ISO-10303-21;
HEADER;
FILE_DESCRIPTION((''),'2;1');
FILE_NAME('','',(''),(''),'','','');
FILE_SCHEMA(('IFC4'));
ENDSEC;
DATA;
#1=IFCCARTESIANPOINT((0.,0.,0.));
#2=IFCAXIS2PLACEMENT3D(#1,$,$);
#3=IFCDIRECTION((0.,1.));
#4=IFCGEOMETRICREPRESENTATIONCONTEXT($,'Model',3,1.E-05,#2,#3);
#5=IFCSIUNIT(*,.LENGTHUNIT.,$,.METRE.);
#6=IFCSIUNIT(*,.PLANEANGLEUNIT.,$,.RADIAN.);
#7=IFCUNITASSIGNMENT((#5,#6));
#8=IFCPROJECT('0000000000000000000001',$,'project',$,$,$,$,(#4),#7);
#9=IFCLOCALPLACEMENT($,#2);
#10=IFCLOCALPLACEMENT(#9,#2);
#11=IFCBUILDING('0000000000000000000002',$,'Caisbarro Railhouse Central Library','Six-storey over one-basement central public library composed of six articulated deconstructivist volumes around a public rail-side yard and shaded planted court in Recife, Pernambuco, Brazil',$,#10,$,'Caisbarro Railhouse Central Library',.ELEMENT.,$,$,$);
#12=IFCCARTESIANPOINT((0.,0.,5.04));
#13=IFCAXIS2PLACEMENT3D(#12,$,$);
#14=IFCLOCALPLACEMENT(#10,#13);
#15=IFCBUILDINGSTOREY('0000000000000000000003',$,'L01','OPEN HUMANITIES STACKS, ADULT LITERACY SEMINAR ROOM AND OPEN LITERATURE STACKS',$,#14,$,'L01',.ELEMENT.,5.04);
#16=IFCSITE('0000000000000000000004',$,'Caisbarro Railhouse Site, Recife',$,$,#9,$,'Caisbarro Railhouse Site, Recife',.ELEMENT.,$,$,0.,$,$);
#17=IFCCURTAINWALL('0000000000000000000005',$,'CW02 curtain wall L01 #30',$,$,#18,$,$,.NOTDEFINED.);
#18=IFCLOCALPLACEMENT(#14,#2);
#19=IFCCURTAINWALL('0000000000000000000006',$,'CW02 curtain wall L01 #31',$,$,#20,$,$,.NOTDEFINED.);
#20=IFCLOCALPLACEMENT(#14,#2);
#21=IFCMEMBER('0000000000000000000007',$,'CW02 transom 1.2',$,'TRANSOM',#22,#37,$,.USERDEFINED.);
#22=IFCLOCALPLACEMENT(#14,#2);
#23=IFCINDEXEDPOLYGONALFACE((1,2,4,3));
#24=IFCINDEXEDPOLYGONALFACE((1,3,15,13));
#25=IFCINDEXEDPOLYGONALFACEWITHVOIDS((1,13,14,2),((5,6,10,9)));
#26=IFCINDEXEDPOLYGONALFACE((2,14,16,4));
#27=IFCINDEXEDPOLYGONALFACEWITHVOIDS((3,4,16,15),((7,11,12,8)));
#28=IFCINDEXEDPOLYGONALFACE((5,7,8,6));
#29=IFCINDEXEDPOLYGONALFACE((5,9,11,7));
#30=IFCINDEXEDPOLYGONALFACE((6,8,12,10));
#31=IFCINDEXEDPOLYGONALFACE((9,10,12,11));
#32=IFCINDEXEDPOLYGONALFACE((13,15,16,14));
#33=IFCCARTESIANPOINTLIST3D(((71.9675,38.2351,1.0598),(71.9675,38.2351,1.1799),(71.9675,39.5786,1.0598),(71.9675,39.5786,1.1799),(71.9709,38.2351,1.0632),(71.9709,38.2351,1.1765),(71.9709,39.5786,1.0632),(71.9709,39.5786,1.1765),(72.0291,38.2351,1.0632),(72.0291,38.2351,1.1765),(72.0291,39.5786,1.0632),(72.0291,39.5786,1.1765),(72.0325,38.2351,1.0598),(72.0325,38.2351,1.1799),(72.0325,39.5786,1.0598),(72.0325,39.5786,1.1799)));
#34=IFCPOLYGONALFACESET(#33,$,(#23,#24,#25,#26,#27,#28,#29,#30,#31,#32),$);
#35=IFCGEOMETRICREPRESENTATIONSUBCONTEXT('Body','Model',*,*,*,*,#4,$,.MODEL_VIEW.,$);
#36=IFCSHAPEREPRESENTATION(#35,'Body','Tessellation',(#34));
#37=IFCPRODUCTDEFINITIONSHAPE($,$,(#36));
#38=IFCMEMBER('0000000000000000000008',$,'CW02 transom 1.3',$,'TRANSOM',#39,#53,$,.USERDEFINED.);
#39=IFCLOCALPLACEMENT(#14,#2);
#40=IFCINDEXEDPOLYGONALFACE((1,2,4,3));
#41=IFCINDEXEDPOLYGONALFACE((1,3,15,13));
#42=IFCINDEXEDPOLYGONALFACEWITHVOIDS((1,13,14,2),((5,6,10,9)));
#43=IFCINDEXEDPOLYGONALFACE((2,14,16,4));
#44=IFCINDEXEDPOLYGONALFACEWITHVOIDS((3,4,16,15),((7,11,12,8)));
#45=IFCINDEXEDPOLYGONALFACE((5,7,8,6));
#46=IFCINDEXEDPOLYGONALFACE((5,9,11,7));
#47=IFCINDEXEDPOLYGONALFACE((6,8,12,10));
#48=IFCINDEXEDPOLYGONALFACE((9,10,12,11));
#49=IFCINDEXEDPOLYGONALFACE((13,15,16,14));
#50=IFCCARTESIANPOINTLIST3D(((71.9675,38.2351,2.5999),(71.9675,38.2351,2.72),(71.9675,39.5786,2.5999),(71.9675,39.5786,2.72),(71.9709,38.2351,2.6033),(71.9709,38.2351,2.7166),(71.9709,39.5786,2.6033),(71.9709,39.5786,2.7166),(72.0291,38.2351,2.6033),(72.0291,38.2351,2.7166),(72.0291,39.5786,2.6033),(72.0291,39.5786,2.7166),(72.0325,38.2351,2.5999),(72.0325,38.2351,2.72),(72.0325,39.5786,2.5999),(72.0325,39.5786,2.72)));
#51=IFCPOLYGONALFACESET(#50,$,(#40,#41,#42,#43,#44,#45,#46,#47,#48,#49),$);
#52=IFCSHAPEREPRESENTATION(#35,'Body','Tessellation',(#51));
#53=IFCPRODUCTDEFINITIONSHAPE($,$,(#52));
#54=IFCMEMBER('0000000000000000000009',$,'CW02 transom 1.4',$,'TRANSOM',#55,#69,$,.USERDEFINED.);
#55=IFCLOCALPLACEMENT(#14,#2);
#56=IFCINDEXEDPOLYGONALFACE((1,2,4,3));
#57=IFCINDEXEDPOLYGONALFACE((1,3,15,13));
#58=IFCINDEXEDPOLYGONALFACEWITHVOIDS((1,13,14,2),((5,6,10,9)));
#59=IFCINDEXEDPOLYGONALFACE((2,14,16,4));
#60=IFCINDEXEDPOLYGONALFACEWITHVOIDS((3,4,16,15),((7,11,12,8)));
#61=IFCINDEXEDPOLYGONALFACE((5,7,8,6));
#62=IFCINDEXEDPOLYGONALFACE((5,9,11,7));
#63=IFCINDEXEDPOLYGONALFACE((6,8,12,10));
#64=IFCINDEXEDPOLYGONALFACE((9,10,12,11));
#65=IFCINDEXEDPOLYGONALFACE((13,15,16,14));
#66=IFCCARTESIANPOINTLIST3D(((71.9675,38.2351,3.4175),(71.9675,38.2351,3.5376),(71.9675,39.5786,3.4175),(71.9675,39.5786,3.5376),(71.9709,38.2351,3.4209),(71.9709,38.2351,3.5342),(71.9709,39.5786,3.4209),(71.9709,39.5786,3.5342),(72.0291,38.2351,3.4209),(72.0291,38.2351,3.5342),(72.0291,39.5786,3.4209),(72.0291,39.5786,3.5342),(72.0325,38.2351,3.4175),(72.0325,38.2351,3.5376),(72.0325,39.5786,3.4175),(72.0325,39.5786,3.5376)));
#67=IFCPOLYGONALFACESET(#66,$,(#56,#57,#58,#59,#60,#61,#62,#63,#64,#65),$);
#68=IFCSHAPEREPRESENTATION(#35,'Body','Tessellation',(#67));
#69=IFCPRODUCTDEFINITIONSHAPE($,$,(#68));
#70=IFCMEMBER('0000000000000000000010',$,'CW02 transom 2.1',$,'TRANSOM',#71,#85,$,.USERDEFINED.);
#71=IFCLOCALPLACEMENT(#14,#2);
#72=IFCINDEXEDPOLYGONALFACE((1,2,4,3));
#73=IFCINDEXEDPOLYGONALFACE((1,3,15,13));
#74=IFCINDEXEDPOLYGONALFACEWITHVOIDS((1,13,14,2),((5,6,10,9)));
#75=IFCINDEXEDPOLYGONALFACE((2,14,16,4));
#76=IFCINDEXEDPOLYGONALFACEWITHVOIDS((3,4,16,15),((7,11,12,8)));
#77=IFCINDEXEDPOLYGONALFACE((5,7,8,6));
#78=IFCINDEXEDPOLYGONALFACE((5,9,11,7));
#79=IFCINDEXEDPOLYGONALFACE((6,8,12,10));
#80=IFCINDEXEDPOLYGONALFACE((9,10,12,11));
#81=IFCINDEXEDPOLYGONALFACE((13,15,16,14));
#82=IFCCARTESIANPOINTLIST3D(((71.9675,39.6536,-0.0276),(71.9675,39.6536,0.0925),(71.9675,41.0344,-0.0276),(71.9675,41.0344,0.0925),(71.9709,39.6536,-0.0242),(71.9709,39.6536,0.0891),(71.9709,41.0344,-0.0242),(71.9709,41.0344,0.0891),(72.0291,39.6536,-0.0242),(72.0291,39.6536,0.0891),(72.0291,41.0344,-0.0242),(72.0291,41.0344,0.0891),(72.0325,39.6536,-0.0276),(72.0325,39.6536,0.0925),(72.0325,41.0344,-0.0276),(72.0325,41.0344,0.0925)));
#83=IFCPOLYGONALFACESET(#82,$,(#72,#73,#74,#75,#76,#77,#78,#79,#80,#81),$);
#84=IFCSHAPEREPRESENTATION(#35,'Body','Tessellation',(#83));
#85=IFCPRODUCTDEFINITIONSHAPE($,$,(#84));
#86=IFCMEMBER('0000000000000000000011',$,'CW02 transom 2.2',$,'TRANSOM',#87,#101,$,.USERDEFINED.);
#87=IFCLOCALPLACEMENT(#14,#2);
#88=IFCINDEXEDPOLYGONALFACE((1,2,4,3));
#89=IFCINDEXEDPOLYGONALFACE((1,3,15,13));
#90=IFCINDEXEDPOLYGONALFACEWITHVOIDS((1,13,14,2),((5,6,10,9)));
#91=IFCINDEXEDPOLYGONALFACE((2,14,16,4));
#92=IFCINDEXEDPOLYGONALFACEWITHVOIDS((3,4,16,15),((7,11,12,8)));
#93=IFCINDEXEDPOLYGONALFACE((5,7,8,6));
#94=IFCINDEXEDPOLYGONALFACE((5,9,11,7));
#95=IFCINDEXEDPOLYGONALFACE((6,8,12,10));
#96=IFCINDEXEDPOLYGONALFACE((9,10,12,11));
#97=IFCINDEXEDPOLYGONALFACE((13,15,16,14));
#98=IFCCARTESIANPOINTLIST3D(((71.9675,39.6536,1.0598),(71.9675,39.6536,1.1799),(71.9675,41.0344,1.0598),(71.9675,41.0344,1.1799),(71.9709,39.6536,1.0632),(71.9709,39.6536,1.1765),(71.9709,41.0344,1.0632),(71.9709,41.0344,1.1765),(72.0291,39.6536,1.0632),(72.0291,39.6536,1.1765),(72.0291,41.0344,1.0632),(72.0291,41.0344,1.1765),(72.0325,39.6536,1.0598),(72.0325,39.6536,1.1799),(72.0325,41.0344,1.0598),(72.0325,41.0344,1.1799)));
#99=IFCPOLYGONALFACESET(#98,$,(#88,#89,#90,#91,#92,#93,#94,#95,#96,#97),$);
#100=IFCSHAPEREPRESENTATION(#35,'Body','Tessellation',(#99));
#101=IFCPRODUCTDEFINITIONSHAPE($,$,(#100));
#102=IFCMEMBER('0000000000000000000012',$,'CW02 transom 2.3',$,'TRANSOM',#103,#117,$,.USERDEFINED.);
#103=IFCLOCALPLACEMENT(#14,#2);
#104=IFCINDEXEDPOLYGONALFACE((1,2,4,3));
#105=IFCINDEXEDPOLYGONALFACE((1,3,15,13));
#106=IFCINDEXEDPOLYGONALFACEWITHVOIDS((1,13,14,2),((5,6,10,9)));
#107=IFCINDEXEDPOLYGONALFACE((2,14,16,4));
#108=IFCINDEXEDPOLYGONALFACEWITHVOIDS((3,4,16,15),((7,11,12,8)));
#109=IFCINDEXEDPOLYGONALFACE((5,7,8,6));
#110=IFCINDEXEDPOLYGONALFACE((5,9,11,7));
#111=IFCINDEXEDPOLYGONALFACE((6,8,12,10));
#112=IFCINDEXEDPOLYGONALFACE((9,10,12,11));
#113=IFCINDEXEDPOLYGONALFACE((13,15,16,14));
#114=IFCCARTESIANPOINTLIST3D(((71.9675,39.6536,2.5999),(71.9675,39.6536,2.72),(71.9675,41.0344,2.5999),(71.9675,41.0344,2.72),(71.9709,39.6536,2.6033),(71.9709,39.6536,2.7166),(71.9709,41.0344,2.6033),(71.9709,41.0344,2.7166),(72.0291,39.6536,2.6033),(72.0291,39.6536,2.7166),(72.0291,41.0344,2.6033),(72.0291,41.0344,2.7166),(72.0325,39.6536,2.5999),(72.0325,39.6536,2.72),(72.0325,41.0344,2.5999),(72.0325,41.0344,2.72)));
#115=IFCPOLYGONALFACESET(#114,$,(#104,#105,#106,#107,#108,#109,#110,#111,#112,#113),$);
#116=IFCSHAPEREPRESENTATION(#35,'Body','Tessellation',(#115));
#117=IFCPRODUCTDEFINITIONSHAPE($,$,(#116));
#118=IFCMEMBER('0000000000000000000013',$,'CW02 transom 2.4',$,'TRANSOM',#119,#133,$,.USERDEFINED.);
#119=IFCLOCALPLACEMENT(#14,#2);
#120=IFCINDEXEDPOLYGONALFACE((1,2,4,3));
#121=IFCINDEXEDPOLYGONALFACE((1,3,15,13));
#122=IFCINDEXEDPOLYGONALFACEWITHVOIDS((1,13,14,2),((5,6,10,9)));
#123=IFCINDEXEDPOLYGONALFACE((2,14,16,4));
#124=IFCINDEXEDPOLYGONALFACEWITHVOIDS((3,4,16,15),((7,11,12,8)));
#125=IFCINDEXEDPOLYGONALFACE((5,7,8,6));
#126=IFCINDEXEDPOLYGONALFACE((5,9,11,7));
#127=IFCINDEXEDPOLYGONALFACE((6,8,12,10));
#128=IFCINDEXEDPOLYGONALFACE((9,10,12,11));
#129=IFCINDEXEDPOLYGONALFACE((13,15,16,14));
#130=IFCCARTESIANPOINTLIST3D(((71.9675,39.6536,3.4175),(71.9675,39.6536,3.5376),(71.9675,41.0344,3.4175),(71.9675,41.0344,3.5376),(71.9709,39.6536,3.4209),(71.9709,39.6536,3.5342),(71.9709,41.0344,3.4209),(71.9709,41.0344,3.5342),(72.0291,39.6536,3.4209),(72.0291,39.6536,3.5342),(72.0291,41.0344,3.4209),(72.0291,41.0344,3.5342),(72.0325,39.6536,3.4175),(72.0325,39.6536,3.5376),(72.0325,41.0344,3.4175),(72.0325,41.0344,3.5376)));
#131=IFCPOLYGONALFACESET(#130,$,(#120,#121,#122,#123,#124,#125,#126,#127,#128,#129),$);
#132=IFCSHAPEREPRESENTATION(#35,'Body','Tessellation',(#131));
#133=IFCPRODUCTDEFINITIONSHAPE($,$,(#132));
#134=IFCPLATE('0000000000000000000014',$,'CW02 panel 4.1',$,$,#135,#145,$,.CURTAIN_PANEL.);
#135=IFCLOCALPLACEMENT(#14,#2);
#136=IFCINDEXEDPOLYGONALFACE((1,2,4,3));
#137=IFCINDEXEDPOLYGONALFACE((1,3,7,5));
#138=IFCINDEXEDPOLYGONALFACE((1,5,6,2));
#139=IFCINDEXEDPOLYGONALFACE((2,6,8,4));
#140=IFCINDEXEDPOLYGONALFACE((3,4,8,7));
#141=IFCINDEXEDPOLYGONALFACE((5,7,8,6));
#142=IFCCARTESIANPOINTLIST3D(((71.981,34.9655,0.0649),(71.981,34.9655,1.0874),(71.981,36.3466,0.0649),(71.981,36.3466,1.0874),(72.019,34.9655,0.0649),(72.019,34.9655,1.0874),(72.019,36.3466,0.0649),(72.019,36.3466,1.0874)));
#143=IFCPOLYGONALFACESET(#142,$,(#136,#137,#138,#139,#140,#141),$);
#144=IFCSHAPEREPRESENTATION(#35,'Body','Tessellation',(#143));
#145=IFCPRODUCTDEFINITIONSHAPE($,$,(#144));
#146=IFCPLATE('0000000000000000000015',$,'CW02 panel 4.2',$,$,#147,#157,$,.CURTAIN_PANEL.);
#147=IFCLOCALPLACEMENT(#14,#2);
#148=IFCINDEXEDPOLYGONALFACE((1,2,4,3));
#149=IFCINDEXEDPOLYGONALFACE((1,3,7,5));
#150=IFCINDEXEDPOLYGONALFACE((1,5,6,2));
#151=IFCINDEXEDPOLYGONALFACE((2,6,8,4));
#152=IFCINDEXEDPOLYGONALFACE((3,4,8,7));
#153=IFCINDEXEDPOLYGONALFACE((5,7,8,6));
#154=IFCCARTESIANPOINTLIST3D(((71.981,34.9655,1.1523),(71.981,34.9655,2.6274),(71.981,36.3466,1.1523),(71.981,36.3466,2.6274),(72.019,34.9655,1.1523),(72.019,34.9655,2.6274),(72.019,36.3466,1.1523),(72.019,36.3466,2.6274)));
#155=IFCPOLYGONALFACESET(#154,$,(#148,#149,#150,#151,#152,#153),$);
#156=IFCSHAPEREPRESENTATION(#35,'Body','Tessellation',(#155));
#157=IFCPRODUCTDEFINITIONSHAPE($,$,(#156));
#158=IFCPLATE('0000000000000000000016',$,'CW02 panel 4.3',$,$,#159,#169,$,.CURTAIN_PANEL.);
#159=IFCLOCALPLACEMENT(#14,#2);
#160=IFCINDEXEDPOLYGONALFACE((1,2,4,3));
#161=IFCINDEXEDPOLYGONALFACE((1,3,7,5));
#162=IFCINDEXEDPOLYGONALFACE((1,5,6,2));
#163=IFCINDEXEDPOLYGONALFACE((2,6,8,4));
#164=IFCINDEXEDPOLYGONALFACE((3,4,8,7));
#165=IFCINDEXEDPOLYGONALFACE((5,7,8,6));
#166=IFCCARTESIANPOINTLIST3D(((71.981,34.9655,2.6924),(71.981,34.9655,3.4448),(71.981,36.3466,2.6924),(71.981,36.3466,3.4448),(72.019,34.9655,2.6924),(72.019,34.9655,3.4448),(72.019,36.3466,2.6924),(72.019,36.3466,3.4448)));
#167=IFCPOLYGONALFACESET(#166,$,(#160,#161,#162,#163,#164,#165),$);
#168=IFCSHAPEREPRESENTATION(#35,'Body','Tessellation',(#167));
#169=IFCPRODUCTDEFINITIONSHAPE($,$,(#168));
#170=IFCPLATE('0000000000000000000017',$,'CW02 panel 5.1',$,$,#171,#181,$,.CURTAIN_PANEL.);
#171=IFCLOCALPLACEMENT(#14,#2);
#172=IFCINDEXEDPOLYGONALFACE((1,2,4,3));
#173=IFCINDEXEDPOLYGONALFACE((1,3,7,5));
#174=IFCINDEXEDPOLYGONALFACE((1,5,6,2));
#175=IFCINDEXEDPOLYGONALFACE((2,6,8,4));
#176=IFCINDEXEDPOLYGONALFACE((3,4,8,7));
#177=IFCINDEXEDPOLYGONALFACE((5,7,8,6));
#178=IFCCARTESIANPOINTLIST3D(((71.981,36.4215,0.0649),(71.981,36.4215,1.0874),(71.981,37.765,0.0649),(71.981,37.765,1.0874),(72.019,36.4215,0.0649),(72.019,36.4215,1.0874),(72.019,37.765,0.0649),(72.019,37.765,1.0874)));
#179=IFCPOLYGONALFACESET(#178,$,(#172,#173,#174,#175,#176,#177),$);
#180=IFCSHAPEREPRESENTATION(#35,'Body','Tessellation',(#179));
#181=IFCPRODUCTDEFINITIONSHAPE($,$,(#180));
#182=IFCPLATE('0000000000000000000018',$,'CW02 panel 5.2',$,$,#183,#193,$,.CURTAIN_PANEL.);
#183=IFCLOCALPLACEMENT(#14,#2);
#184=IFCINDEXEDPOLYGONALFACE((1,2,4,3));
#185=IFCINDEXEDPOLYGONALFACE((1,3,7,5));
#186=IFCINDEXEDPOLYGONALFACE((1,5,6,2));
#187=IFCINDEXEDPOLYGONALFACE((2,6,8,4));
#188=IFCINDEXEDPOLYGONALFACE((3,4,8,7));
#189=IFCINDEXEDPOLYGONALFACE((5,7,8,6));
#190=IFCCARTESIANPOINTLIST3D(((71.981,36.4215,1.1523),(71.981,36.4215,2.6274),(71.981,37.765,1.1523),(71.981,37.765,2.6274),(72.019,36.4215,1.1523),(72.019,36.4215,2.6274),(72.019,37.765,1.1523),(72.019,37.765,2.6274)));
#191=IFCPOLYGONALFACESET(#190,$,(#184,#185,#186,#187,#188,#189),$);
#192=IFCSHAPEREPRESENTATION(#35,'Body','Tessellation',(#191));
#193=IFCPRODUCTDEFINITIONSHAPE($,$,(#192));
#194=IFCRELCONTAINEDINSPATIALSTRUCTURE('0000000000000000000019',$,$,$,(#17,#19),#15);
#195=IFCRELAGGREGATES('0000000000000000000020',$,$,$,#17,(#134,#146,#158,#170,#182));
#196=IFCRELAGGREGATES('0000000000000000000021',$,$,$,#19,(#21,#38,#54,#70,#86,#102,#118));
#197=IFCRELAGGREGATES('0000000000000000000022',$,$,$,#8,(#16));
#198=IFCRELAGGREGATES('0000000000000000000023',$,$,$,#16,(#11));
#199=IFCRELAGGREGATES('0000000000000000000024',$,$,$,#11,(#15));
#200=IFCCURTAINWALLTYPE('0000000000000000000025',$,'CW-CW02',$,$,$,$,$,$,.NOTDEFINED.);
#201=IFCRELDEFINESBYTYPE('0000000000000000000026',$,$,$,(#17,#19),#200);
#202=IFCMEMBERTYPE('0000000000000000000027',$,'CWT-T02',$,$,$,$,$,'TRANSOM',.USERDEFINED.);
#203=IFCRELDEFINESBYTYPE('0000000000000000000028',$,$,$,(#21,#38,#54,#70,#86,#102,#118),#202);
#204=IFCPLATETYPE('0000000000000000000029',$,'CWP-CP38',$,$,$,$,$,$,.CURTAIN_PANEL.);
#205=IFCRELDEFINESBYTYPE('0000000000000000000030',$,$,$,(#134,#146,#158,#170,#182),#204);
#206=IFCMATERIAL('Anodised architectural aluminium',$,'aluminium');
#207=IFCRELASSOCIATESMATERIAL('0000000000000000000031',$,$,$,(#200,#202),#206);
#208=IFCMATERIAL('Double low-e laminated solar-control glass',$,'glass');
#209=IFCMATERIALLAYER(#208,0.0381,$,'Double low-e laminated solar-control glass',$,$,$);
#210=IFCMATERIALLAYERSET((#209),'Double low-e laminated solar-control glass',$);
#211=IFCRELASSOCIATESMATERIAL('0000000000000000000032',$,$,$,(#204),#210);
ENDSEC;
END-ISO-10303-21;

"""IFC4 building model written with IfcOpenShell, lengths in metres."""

from ifc_helpers import new_model, si_unit, direction, frame, origin, origin_2d, place, context, subcontext, project, spatial, rectangle, hollow_rectangle, extrude, material, layer, layer_set, material_profile, profile_set, type_object, element, aggregate, save


model = new_model("IFC4")

# Units and contexts
model_context = context("Model", 3, precision=1e-05, world=origin(), true_north=direction((0.0, 1.0)))
body_context = subcontext(model_context, "Body", "Model", "MODEL_VIEW")
ifc_project = project(units=[si_unit("LENGTHUNIT", "METRE"), si_unit("PLANEANGLEUNIT", "RADIAN")], contexts=[model_context])

# Site, building, storey
site_placement = place(None, origin())
site = spatial("IfcSite", under=ifc_project, at=site_placement, Name="Caisbarro Railhouse Site, Recife", LongName="Caisbarro Railhouse Site, Recife", CompositionType="ELEMENT", RefElevation=0.0)
building_placement = place(site_placement, origin())
building = spatial("IfcBuilding", under=site, at=building_placement, Name="Caisbarro Railhouse Central Library", Description="Six-storey over one-basement central public library composed of six articulated deconstructivist volumes around a public rail-side yard and shaded planted court in Recife, Pernambuco, Brazil", LongName="Caisbarro Railhouse Central Library", CompositionType="ELEMENT")
storey_placement = place(building_placement, frame((0.0, 0.0, 5.04)))
storey = spatial("IfcBuildingStorey", under=building, at=storey_placement, Name="L01", Description="OPEN HUMANITIES STACKS, ADULT LITERACY SEMINAR ROOM AND OPEN LITERATURE STACKS", LongName="L01", CompositionType="ELEMENT", Elevation=5.04)

# Curtain walls
ifc_material_1 = material(Name="Anodised architectural aluminium", Category="aluminium")
curtain_wall_type = type_object("IfcCurtainWallType", Name="CW-CW02", PredefinedType="NOTDEFINED", material=ifc_material_1)
curtain_wall_1_placement = place(storey_placement, origin())
curtain_wall_1 = element("IfcCurtainWall", 1, at=curtain_wall_1_placement, inside=storey, type_object=curtain_wall_type, Name="CW02 curtain wall L01 #30", PredefinedType="NOTDEFINED")
curtain_wall_2_placement = place(storey_placement, origin())
curtain_wall_2 = element("IfcCurtainWall", 2, at=curtain_wall_2_placement, inside=storey, type_object=curtain_wall_type, Name="CW02 curtain wall L01 #31", PredefinedType="NOTDEFINED")

# Members
ifc_material_profile_1 = material_profile(ifc_material_1, hollow_rectangle(XDim=0.0649, YDim=0.1201, WallThickness=0.0034, at=origin_2d()), Name="ALU-TRN-65X120")
ifc_profile_set_1 = profile_set([ifc_material_profile_1], Name="Anodised architectural aluminium")
member_type_1 = type_object("IfcMemberType", Name="CWT-T02", ElementType="TRANSOM", PredefinedType="USERDEFINED", material=ifc_profile_set_1)
member_1_placement = place(storey_placement, frame((72.0, 38.2351, 1.1199), z_axis=(0.0, 1.0, 0.0), x_axis=(-1.0, 0.0, 0.0)))
member_1 = element("IfcMember", 3, at=member_1_placement, type_object=member_type_1, Name="CW02 transom 1.2", ObjectType="TRANSOM", PredefinedType="USERDEFINED", context=body_context, shape_type="SweptSolid", body=[
    extrude(hollow_rectangle(XDim=0.0649, YDim=0.1201, WallThickness=0.0034, at=origin_2d()), origin(), (0.0, 0.0, 1.0), 1.3435),
])
member_2_placement = place(storey_placement, frame((72.0, 38.2351, 2.6599), z_axis=(0.0, 1.0, 0.0), x_axis=(-1.0, 0.0, 0.0)))
member_2 = element("IfcMember", 4, at=member_2_placement, type_object=member_type_1, Name="CW02 transom 1.3", ObjectType="TRANSOM", PredefinedType="USERDEFINED", context=body_context, shape_type="SweptSolid", body=[
    extrude(hollow_rectangle(XDim=0.0649, YDim=0.1201, WallThickness=0.0034, at=origin_2d()), origin(), (0.0, 0.0, 1.0), 1.3435),
])
member_3_placement = place(storey_placement, frame((72.0, 38.2351, 3.4775), z_axis=(0.0, 1.0, 0.0), x_axis=(-1.0, 0.0, 0.0)))
member_3 = element("IfcMember", 5, at=member_3_placement, type_object=member_type_1, Name="CW02 transom 1.4", ObjectType="TRANSOM", PredefinedType="USERDEFINED", context=body_context, shape_type="SweptSolid", body=[
    extrude(hollow_rectangle(XDim=0.0649, YDim=0.1201, WallThickness=0.0034, at=origin_2d()), origin(), (0.0, 0.0, 1.0), 1.3435),
])
member_4_placement = place(storey_placement, frame((72.0, 39.6536, 0.0325), z_axis=(0.0, 1.0, 0.0), x_axis=(-1.0, 0.0, 0.0)))
member_4 = element("IfcMember", 6, at=member_4_placement, type_object=member_type_1, Name="CW02 transom 2.1", ObjectType="TRANSOM", PredefinedType="USERDEFINED", context=body_context, shape_type="SweptSolid", body=[
    extrude(hollow_rectangle(XDim=0.0649, YDim=0.1201, WallThickness=0.0034, at=origin_2d()), origin(), (0.0, 0.0, 1.0), 1.3809),
])
member_5_placement = place(storey_placement, frame((72.0, 39.6536, 1.1199), z_axis=(0.0, 1.0, 0.0), x_axis=(-1.0, 0.0, 0.0)))
member_5 = element("IfcMember", 7, at=member_5_placement, type_object=member_type_1, Name="CW02 transom 2.2", ObjectType="TRANSOM", PredefinedType="USERDEFINED", context=body_context, shape_type="SweptSolid", body=[
    extrude(hollow_rectangle(XDim=0.0649, YDim=0.1201, WallThickness=0.0034, at=origin_2d()), origin(), (0.0, 0.0, 1.0), 1.3809),
])
member_6_placement = place(storey_placement, frame((72.0, 39.6536, 2.6599), z_axis=(0.0, 1.0, 0.0), x_axis=(-1.0, 0.0, 0.0)))
member_6 = element("IfcMember", 8, at=member_6_placement, type_object=member_type_1, Name="CW02 transom 2.3", ObjectType="TRANSOM", PredefinedType="USERDEFINED", context=body_context, shape_type="SweptSolid", body=[
    extrude(hollow_rectangle(XDim=0.0649, YDim=0.1201, WallThickness=0.0034, at=origin_2d()), origin(), (0.0, 0.0, 1.0), 1.3809),
])
member_7_placement = place(storey_placement, frame((72.0, 39.6536, 3.4775), z_axis=(0.0, 1.0, 0.0), x_axis=(-1.0, 0.0, 0.0)))
member_7 = element("IfcMember", 9, at=member_7_placement, type_object=member_type_1, Name="CW02 transom 2.4", ObjectType="TRANSOM", PredefinedType="USERDEFINED", context=body_context, shape_type="SweptSolid", body=[
    extrude(hollow_rectangle(XDim=0.0649, YDim=0.1201, WallThickness=0.0034, at=origin_2d()), origin(), (0.0, 0.0, 1.0), 1.3809),
])

# Plates
ifc_material_2 = material(Name="Double low-e laminated solar-control glass", Category="glass")
ifc_layer_1 = layer(ifc_material_2, 0.0381, Name="Double low-e laminated solar-control glass")
ifc_layer_set_1 = layer_set([ifc_layer_1], Name="Double low-e laminated solar-control glass")
plate_type_1 = type_object("IfcPlateType", Name="CWP-CP38", PredefinedType="CURTAIN_PANEL", material=ifc_layer_set_1)
plate_1_placement = place(storey_placement, frame((72.0, 35.656, 0.0649), z_axis=(0.0, 0.0, 1.0), x_axis=(0.0, 1.0, 0.0)))
plate_1 = element("IfcPlate", 10, at=plate_1_placement, type_object=plate_type_1, Name="CW02 panel 4.1", PredefinedType="CURTAIN_PANEL", context=body_context, shape_type="SweptSolid", body=[
    extrude(rectangle(XDim=1.3811, YDim=0.0381, at=origin_2d()), origin(), (0.0, 0.0, 1.0), 1.0225),
])
plate_2_placement = place(storey_placement, frame((72.0, 35.656, 1.1523), z_axis=(0.0, 0.0, 1.0), x_axis=(0.0, 1.0, 0.0)))
plate_2 = element("IfcPlate", 11, at=plate_2_placement, type_object=plate_type_1, Name="CW02 panel 4.2", PredefinedType="CURTAIN_PANEL", context=body_context, shape_type="SweptSolid", body=[
    extrude(rectangle(XDim=1.3811, YDim=0.0381, at=origin_2d()), origin(), (0.0, 0.0, 1.0), 1.4751),
])
plate_3_placement = place(storey_placement, frame((72.0, 35.656, 2.6924), z_axis=(0.0, 0.0, 1.0), x_axis=(0.0, 1.0, 0.0)))
plate_3 = element("IfcPlate", 12, at=plate_3_placement, type_object=plate_type_1, Name="CW02 panel 4.3", PredefinedType="CURTAIN_PANEL", context=body_context, shape_type="SweptSolid", body=[
    extrude(rectangle(XDim=1.3811, YDim=0.0381, at=origin_2d()), origin(), (0.0, 0.0, 1.0), 0.7524),
])
plate_4_placement = place(storey_placement, frame((72.0, 37.0933, 0.0649), z_axis=(0.0, 0.0, 1.0), x_axis=(0.0, 1.0, 0.0)))
plate_4 = element("IfcPlate", 13, at=plate_4_placement, type_object=plate_type_1, Name="CW02 panel 5.1", PredefinedType="CURTAIN_PANEL", context=body_context, shape_type="SweptSolid", body=[
    extrude(rectangle(XDim=1.3435, YDim=0.0381, at=origin_2d()), origin(), (0.0, 0.0, 1.0), 1.0225),
])
plate_5_placement = place(storey_placement, frame((72.0, 37.0933, 1.1523), z_axis=(0.0, 0.0, 1.0), x_axis=(0.0, 1.0, 0.0)))
plate_5 = element("IfcPlate", 14, at=plate_5_placement, type_object=plate_type_1, Name="CW02 panel 5.2", PredefinedType="CURTAIN_PANEL", context=body_context, shape_type="SweptSolid", body=[
    extrude(rectangle(XDim=1.3435, YDim=0.0381, at=origin_2d()), origin(), (0.0, 0.0, 1.0), 1.4751),
])
aggregate(curtain_wall_1, [plate_1, plate_2, plate_3, plate_4, plate_5])
aggregate(curtain_wall_2, [member_1, member_2, member_3, member_4, member_5, member_6, member_7])

save(model, "model.ifc")
